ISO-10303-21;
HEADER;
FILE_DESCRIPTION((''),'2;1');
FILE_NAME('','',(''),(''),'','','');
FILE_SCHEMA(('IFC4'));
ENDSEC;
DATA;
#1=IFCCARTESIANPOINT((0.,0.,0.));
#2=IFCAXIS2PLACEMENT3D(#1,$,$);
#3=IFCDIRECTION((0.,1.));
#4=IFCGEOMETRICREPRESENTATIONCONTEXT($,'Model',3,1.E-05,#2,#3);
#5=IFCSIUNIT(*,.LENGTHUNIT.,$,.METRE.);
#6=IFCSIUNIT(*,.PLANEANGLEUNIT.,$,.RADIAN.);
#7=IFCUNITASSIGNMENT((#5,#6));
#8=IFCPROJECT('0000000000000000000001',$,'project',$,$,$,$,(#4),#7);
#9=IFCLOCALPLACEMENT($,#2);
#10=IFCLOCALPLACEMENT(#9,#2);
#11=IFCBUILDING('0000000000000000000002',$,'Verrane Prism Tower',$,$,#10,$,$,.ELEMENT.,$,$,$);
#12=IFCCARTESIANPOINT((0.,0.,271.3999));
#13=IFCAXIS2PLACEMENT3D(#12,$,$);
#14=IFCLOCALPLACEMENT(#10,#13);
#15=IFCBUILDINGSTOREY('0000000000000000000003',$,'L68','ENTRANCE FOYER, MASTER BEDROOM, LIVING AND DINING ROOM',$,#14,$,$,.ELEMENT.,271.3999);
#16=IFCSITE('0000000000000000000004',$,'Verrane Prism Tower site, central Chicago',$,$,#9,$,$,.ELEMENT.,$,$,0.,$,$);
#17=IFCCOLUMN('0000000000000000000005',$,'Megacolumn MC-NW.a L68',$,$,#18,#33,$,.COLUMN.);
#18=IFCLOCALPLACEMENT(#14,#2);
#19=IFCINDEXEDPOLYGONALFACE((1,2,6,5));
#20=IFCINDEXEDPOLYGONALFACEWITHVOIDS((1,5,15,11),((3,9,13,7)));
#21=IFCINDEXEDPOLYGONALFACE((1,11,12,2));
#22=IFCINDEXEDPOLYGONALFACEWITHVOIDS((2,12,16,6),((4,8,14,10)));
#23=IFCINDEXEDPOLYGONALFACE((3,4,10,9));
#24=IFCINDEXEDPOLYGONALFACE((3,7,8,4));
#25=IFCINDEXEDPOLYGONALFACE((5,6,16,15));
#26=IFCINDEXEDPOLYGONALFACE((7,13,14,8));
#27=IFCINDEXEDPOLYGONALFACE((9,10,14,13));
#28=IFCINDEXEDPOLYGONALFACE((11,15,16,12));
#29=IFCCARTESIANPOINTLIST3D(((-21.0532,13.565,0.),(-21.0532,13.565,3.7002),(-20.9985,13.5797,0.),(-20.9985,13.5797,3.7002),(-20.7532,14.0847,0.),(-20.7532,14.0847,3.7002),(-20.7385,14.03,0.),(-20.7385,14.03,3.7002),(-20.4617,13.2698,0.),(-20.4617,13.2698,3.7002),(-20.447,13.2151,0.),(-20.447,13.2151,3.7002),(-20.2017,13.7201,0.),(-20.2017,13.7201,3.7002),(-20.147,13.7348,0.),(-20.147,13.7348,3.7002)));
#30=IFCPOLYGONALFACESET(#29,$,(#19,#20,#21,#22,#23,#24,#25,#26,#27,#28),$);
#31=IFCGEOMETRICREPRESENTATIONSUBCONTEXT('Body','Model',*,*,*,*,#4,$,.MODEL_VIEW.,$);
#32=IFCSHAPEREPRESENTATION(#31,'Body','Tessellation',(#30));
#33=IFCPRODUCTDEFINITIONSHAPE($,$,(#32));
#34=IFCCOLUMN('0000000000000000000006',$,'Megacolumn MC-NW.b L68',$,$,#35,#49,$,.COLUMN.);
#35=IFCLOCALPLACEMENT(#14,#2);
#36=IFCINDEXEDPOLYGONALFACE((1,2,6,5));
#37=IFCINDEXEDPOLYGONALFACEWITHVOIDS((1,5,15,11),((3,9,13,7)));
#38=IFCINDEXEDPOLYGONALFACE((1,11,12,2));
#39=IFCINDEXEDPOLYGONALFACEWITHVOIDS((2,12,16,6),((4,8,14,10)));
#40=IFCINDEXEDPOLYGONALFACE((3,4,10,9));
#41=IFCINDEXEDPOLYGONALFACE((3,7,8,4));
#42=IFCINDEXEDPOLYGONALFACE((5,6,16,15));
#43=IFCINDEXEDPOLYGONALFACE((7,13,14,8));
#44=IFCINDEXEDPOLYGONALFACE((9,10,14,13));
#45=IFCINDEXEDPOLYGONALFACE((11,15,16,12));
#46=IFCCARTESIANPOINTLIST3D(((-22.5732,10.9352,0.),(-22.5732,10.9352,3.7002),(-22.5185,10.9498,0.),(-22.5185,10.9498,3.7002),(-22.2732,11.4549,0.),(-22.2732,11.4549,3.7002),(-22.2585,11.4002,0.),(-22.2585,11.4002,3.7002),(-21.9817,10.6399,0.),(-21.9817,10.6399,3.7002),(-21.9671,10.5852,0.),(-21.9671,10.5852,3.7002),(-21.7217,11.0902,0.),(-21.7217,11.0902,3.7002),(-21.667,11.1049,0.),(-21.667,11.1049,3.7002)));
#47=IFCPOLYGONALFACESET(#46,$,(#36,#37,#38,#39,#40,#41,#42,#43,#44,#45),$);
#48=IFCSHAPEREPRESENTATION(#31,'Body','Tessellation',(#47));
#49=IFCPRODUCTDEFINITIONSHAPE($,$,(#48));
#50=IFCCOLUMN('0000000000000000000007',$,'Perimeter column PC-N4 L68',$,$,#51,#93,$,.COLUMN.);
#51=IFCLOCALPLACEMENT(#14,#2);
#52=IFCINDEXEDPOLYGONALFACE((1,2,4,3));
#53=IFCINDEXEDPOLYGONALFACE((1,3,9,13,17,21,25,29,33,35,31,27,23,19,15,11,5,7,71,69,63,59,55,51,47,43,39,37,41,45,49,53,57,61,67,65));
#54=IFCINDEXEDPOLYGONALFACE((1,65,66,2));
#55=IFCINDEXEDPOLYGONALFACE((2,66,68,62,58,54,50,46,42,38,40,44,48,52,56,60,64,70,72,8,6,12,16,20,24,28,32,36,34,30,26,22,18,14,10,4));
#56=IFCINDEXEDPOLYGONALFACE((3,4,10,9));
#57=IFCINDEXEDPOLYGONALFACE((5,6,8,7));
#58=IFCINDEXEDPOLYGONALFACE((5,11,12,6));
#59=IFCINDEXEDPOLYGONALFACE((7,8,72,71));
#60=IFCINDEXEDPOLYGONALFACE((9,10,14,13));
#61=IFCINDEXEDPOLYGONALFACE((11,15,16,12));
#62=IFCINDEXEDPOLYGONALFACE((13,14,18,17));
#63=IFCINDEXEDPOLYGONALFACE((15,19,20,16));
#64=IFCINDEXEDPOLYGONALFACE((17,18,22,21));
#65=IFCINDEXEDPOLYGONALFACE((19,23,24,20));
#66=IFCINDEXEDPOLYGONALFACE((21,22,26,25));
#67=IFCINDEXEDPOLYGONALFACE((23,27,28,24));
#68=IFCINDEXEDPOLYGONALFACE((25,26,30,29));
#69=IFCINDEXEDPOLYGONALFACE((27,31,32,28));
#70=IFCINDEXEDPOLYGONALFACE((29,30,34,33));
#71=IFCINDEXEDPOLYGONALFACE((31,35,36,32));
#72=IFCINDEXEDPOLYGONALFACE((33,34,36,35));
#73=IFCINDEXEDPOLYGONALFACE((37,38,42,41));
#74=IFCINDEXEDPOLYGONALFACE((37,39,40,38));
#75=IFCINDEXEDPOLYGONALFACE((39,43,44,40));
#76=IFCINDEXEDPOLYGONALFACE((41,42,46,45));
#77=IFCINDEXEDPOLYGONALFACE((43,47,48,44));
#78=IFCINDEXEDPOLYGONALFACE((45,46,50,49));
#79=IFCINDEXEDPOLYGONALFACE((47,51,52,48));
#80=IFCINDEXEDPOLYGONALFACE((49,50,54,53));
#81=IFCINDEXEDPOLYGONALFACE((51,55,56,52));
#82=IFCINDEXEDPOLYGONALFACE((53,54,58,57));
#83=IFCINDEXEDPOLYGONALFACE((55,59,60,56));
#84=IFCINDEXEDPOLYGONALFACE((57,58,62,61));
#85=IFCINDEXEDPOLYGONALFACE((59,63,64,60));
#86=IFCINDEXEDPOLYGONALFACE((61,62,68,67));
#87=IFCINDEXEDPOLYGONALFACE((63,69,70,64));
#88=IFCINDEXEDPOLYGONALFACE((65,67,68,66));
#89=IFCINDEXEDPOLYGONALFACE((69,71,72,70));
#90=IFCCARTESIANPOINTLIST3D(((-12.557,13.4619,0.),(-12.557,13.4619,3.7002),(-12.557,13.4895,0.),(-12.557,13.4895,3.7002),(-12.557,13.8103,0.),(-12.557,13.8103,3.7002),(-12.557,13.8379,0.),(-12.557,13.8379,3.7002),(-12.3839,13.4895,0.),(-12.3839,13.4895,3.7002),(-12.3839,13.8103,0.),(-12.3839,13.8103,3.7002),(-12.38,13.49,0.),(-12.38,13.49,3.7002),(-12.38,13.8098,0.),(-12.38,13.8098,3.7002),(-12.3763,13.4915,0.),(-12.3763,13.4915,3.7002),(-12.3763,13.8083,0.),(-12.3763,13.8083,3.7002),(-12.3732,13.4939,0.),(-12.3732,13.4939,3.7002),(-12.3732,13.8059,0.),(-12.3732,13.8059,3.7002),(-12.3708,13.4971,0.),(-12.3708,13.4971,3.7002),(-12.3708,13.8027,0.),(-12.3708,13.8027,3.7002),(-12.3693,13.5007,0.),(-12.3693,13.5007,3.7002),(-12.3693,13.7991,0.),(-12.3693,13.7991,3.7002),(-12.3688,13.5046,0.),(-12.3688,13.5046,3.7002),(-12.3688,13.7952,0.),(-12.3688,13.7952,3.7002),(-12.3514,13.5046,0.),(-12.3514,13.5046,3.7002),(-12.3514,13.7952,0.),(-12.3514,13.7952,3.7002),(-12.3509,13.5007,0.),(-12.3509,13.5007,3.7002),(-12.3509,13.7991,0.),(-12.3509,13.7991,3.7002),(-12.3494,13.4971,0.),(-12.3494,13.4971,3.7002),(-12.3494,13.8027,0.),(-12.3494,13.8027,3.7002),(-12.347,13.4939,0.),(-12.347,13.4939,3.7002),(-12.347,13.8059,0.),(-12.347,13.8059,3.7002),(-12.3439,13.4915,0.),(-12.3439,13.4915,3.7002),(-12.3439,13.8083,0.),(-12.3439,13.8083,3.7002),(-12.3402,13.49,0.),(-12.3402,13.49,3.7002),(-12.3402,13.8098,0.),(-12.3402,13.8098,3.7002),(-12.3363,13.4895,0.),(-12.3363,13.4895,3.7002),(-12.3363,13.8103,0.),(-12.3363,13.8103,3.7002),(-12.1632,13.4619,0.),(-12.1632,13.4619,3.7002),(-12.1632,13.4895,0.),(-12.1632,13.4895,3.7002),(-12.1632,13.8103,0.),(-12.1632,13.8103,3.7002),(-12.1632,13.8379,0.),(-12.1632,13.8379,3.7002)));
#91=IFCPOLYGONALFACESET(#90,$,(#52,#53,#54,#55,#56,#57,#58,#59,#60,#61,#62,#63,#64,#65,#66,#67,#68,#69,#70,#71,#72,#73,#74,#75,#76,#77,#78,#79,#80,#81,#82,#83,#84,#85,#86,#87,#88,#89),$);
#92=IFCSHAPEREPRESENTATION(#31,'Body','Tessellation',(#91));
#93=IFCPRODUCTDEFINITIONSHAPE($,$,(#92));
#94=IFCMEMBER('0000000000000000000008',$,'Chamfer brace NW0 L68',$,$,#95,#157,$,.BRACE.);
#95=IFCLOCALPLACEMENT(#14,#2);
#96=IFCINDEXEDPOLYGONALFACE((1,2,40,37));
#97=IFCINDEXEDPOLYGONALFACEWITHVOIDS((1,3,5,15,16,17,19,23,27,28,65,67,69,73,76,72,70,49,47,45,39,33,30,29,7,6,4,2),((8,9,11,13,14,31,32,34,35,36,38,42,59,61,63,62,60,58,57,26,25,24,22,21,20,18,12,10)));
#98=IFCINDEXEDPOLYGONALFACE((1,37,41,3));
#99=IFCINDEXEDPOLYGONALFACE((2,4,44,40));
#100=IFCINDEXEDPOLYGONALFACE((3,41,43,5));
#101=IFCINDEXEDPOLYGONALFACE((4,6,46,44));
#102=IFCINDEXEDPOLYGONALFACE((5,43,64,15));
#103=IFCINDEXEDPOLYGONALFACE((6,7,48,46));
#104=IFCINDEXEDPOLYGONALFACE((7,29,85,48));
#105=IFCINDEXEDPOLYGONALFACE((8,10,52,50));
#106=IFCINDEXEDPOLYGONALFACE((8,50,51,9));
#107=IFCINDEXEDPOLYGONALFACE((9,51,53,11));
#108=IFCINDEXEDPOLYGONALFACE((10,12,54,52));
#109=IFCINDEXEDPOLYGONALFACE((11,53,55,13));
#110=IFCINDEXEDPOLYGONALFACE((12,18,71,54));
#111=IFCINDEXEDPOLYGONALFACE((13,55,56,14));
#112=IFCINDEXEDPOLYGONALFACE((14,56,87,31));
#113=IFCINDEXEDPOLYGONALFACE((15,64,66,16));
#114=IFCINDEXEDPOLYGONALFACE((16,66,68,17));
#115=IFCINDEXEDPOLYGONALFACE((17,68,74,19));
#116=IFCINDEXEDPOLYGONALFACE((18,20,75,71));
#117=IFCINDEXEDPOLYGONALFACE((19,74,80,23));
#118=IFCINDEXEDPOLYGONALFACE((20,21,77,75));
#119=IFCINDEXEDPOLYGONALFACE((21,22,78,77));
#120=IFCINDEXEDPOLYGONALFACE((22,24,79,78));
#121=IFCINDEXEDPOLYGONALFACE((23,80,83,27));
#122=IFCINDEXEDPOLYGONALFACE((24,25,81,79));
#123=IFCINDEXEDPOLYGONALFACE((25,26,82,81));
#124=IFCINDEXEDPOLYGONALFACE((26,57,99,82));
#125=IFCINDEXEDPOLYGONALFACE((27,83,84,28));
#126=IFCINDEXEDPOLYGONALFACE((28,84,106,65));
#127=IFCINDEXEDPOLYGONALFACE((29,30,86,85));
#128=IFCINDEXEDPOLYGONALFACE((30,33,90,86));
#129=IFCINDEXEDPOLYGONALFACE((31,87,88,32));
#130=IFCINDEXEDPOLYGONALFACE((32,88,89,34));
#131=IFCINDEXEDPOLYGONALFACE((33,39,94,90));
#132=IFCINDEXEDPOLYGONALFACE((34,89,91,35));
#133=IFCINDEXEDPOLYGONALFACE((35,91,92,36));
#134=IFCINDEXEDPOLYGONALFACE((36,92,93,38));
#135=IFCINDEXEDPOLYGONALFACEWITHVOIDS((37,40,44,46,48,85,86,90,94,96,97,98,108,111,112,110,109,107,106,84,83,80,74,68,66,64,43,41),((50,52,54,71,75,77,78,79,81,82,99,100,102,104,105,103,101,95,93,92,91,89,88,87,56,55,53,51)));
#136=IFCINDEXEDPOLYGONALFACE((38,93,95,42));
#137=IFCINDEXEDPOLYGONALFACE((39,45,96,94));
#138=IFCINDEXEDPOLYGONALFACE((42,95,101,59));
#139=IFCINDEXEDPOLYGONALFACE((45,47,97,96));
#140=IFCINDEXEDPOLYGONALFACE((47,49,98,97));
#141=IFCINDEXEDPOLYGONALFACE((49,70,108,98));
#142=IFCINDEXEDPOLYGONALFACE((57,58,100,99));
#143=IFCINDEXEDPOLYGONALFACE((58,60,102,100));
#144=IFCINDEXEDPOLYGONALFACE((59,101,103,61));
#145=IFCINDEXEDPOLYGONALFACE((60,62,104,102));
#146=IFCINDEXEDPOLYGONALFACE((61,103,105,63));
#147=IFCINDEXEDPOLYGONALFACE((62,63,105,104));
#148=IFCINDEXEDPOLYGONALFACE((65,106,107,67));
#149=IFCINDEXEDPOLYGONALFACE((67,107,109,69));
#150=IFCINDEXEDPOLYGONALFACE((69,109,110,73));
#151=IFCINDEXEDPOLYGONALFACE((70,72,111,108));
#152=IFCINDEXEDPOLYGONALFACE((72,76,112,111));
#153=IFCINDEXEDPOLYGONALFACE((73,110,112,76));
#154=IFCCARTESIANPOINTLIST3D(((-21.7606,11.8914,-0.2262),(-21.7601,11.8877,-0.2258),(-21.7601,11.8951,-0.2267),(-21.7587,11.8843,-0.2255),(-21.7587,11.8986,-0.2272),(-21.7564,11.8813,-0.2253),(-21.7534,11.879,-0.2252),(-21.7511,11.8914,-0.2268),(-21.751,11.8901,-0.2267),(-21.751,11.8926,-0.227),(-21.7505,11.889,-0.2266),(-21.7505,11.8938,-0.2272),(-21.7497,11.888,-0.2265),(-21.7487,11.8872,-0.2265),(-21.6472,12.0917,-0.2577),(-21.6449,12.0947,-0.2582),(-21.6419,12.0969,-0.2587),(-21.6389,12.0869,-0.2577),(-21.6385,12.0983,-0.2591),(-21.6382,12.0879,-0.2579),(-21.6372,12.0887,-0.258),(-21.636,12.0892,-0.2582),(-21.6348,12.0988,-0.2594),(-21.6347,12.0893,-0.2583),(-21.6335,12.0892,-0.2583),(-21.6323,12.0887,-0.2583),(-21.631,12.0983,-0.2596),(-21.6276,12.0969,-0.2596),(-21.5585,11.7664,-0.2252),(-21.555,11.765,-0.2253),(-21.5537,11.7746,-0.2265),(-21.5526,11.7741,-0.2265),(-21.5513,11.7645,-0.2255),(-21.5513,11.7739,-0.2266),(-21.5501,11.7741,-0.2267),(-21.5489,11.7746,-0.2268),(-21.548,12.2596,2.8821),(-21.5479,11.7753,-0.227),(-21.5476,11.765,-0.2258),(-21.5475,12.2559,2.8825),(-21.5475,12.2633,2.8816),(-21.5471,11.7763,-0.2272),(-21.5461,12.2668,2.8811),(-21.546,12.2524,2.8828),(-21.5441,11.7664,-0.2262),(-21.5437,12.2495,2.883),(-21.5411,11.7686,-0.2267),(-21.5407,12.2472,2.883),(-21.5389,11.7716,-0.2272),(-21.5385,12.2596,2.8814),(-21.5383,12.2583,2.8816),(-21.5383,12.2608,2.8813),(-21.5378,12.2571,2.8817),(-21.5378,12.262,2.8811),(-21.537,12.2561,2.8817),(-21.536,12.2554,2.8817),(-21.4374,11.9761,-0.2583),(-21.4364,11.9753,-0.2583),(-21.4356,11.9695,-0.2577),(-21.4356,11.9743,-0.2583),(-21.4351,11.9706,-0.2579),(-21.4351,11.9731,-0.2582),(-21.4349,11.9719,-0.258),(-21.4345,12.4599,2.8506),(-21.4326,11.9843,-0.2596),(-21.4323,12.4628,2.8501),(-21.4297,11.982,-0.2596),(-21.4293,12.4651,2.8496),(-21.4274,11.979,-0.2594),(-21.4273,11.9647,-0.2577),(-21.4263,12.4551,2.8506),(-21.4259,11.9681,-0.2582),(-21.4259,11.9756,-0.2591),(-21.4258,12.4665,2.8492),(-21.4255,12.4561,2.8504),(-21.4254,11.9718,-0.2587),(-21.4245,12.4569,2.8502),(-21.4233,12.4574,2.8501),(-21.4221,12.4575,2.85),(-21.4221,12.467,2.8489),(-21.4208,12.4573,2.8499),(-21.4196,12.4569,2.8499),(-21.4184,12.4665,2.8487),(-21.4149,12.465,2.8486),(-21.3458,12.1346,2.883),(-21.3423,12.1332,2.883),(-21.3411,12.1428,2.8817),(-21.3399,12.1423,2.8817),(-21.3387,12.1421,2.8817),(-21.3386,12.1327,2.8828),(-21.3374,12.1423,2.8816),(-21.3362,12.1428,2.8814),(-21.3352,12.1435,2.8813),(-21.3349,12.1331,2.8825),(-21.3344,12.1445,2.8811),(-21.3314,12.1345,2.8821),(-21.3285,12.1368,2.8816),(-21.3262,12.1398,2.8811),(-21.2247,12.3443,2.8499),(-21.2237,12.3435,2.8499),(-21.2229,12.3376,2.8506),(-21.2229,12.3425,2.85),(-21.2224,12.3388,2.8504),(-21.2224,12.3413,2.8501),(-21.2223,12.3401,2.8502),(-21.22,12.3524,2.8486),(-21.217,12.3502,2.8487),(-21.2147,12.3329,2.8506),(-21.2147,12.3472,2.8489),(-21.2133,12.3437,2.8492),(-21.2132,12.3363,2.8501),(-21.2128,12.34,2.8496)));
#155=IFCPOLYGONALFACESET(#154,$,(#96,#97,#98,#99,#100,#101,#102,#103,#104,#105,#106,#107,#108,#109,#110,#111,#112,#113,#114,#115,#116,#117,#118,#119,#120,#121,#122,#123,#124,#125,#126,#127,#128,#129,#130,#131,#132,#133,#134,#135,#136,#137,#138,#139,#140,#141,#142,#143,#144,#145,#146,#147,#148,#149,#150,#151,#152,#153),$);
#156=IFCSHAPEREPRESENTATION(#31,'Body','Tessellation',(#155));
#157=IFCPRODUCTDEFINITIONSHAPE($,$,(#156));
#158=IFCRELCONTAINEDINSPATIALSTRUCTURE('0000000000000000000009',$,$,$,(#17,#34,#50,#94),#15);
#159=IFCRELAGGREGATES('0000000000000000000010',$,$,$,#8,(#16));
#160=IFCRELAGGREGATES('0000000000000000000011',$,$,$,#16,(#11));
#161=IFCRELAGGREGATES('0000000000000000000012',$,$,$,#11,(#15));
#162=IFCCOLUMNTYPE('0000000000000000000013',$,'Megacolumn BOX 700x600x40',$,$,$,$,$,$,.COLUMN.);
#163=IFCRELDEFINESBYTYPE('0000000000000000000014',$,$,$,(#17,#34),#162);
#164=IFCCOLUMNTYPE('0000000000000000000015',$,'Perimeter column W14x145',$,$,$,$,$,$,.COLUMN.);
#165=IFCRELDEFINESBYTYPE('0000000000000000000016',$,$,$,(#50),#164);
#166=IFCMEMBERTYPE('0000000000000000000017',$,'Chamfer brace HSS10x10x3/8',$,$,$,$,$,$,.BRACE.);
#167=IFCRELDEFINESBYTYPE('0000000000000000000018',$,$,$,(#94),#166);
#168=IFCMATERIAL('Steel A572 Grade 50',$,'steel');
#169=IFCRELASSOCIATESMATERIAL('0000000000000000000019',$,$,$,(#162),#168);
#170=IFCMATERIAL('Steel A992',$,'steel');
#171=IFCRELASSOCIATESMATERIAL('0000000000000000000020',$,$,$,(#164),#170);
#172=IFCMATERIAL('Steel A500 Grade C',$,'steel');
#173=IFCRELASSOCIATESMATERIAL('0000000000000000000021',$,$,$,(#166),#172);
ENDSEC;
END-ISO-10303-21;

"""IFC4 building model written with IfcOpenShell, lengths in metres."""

from ifc_helpers import new_model, si_unit, direction, frame, origin, origin_2d, place, context, subcontext, project, spatial, hollow_rectangle, i_section, extrude, material, material_profile, profile_set, type_object, element, save


model = new_model("IFC4")

# Units and contexts
model_context = context("Model", 3, precision=1e-05, world=origin(), true_north=direction((0.0, 1.0)))
body_context = subcontext(model_context, "Body", "Model", "MODEL_VIEW")
ifc_project = project(units=[si_unit("LENGTHUNIT", "METRE"), si_unit("PLANEANGLEUNIT", "RADIAN")], contexts=[model_context])

# Site, building, storey
site_placement = place(None, origin())
site = spatial("IfcSite", under=ifc_project, at=site_placement, Name="Verrane Prism Tower site, central Chicago", CompositionType="ELEMENT", RefElevation=0.0)
building_placement = place(site_placement, origin())
building = spatial("IfcBuilding", under=site, at=building_placement, Name="Verrane Prism Tower", CompositionType="ELEMENT")
storey_placement = place(building_placement, frame((0.0, 0.0, 271.3999)))
storey = spatial("IfcBuildingStorey", under=building, at=storey_placement, Name="L68", Description="ENTRANCE FOYER, MASTER BEDROOM, LIVING AND DINING ROOM", CompositionType="ELEMENT", Elevation=271.3999)

# Columns
ifc_material_1 = material(Name="Steel A572 Grade 50", Category="steel")
ifc_material_profile_1 = material_profile(ifc_material_1, hollow_rectangle(XDim=0.6001, YDim=0.7, WallThickness=0.04, at=origin_2d()), Name="BOX 700x600x40")
ifc_profile_set_1 = profile_set([ifc_material_profile_1], Name="Steel A572 Grade 50")
column_type_1 = type_object("IfcColumnType", Name="Megacolumn BOX 700x600x40", PredefinedType="COLUMN", material=ifc_profile_set_1)
for number, where, z_axis, x_axis, name in (
    (1, (-20.6001, 13.6499, 0.0), (0.0, 0.0, 1.0), (0.5, 0.866025, 0.0), "Megacolumn MC-NW.a L68"),
    (2, (-22.1201, 11.02, 0.0), (0.0, 0.0, 1.0), (0.5, 0.866025, 0.0), "Megacolumn MC-NW.b L68"),
):
    element("IfcColumn", number, at=place(storey_placement, frame(where, z_axis=z_axis, x_axis=x_axis)), inside=storey, type_object=column_type_1, Name=name, PredefinedType="COLUMN", context=body_context, shape_type="SweptSolid", body=[
        extrude(hollow_rectangle(XDim=0.6001, YDim=0.7, WallThickness=0.04, at=origin_2d()), origin(), (0.0, 0.0, 1.0), 3.7002),
    ])
ifc_material_2 = material(Name="Steel A992", Category="steel")
ifc_material_profile_2 = material_profile(ifc_material_2, i_section(OverallWidth=0.3938, OverallDepth=0.376, WebThickness=0.0173, FlangeThickness=0.0276, FilletRadius=0.0151, at=origin_2d()), Name="W14x145")
ifc_profile_set_2 = profile_set([ifc_material_profile_2], Name="Steel A992")
column_type_2 = type_object("IfcColumnType", Name="Perimeter column W14x145", PredefinedType="COLUMN", material=ifc_profile_set_2)
column_placement = place(storey_placement, frame((-12.3601, 13.6499, 0.0), z_axis=(0.0, 0.0, 1.0), x_axis=(1.0, 0.0, 0.0)))
element("IfcColumn", 3, at=column_placement, inside=storey, type_object=column_type_2, Name="Perimeter column PC-N4 L68", PredefinedType="COLUMN", context=body_context, shape_type="SweptSolid", body=[
    extrude(i_section(OverallWidth=0.3938, OverallDepth=0.376, WebThickness=0.0173, FlangeThickness=0.0276, FilletRadius=0.0151, at=origin_2d()), origin(), (0.0, 0.0, 1.0), 3.7002),
])

# Member
ifc_material_3 = material(Name="Steel A500 Grade C", Category="steel")
ifc_material_profile_3 = material_profile(ifc_material_3, hollow_rectangle(XDim=0.2539, YDim=0.2539, WallThickness=0.0095, InnerFilletRadius=0.0049, OuterFilletRadius=0.0144, at=origin_2d()), Name="HSS10x10x3/8")
ifc_profile_set_3 = profile_set([ifc_material_profile_3], Name="Steel A500 Grade C")
member_type_1 = type_object("IfcMemberType", Name="Chamfer brace HSS10x10x3/8", PredefinedType="BRACE", material=ifc_profile_set_3)
member_1_placement = place(storey_placement, frame((-21.593, 11.9316, -0.2424), z_axis=(0.067784, 0.117358, 0.990774), x_axis=(-0.865937, 0.500153, 0.0)))
element("IfcMember", 4, at=member_1_placement, inside=storey, type_object=member_type_1, Name="Chamfer brace NW0 L68", PredefinedType="BRACE", context=body_context, shape_type="SweptSolid", body=[
    extrude(hollow_rectangle(XDim=0.2539, YDim=0.2539, WallThickness=0.0095, InnerFilletRadius=0.0049, OuterFilletRadius=0.0144, at=origin_2d()), origin(), (0.0, 0.0, 1.0), 3.1372),
])

save(model, "model.ifc")
